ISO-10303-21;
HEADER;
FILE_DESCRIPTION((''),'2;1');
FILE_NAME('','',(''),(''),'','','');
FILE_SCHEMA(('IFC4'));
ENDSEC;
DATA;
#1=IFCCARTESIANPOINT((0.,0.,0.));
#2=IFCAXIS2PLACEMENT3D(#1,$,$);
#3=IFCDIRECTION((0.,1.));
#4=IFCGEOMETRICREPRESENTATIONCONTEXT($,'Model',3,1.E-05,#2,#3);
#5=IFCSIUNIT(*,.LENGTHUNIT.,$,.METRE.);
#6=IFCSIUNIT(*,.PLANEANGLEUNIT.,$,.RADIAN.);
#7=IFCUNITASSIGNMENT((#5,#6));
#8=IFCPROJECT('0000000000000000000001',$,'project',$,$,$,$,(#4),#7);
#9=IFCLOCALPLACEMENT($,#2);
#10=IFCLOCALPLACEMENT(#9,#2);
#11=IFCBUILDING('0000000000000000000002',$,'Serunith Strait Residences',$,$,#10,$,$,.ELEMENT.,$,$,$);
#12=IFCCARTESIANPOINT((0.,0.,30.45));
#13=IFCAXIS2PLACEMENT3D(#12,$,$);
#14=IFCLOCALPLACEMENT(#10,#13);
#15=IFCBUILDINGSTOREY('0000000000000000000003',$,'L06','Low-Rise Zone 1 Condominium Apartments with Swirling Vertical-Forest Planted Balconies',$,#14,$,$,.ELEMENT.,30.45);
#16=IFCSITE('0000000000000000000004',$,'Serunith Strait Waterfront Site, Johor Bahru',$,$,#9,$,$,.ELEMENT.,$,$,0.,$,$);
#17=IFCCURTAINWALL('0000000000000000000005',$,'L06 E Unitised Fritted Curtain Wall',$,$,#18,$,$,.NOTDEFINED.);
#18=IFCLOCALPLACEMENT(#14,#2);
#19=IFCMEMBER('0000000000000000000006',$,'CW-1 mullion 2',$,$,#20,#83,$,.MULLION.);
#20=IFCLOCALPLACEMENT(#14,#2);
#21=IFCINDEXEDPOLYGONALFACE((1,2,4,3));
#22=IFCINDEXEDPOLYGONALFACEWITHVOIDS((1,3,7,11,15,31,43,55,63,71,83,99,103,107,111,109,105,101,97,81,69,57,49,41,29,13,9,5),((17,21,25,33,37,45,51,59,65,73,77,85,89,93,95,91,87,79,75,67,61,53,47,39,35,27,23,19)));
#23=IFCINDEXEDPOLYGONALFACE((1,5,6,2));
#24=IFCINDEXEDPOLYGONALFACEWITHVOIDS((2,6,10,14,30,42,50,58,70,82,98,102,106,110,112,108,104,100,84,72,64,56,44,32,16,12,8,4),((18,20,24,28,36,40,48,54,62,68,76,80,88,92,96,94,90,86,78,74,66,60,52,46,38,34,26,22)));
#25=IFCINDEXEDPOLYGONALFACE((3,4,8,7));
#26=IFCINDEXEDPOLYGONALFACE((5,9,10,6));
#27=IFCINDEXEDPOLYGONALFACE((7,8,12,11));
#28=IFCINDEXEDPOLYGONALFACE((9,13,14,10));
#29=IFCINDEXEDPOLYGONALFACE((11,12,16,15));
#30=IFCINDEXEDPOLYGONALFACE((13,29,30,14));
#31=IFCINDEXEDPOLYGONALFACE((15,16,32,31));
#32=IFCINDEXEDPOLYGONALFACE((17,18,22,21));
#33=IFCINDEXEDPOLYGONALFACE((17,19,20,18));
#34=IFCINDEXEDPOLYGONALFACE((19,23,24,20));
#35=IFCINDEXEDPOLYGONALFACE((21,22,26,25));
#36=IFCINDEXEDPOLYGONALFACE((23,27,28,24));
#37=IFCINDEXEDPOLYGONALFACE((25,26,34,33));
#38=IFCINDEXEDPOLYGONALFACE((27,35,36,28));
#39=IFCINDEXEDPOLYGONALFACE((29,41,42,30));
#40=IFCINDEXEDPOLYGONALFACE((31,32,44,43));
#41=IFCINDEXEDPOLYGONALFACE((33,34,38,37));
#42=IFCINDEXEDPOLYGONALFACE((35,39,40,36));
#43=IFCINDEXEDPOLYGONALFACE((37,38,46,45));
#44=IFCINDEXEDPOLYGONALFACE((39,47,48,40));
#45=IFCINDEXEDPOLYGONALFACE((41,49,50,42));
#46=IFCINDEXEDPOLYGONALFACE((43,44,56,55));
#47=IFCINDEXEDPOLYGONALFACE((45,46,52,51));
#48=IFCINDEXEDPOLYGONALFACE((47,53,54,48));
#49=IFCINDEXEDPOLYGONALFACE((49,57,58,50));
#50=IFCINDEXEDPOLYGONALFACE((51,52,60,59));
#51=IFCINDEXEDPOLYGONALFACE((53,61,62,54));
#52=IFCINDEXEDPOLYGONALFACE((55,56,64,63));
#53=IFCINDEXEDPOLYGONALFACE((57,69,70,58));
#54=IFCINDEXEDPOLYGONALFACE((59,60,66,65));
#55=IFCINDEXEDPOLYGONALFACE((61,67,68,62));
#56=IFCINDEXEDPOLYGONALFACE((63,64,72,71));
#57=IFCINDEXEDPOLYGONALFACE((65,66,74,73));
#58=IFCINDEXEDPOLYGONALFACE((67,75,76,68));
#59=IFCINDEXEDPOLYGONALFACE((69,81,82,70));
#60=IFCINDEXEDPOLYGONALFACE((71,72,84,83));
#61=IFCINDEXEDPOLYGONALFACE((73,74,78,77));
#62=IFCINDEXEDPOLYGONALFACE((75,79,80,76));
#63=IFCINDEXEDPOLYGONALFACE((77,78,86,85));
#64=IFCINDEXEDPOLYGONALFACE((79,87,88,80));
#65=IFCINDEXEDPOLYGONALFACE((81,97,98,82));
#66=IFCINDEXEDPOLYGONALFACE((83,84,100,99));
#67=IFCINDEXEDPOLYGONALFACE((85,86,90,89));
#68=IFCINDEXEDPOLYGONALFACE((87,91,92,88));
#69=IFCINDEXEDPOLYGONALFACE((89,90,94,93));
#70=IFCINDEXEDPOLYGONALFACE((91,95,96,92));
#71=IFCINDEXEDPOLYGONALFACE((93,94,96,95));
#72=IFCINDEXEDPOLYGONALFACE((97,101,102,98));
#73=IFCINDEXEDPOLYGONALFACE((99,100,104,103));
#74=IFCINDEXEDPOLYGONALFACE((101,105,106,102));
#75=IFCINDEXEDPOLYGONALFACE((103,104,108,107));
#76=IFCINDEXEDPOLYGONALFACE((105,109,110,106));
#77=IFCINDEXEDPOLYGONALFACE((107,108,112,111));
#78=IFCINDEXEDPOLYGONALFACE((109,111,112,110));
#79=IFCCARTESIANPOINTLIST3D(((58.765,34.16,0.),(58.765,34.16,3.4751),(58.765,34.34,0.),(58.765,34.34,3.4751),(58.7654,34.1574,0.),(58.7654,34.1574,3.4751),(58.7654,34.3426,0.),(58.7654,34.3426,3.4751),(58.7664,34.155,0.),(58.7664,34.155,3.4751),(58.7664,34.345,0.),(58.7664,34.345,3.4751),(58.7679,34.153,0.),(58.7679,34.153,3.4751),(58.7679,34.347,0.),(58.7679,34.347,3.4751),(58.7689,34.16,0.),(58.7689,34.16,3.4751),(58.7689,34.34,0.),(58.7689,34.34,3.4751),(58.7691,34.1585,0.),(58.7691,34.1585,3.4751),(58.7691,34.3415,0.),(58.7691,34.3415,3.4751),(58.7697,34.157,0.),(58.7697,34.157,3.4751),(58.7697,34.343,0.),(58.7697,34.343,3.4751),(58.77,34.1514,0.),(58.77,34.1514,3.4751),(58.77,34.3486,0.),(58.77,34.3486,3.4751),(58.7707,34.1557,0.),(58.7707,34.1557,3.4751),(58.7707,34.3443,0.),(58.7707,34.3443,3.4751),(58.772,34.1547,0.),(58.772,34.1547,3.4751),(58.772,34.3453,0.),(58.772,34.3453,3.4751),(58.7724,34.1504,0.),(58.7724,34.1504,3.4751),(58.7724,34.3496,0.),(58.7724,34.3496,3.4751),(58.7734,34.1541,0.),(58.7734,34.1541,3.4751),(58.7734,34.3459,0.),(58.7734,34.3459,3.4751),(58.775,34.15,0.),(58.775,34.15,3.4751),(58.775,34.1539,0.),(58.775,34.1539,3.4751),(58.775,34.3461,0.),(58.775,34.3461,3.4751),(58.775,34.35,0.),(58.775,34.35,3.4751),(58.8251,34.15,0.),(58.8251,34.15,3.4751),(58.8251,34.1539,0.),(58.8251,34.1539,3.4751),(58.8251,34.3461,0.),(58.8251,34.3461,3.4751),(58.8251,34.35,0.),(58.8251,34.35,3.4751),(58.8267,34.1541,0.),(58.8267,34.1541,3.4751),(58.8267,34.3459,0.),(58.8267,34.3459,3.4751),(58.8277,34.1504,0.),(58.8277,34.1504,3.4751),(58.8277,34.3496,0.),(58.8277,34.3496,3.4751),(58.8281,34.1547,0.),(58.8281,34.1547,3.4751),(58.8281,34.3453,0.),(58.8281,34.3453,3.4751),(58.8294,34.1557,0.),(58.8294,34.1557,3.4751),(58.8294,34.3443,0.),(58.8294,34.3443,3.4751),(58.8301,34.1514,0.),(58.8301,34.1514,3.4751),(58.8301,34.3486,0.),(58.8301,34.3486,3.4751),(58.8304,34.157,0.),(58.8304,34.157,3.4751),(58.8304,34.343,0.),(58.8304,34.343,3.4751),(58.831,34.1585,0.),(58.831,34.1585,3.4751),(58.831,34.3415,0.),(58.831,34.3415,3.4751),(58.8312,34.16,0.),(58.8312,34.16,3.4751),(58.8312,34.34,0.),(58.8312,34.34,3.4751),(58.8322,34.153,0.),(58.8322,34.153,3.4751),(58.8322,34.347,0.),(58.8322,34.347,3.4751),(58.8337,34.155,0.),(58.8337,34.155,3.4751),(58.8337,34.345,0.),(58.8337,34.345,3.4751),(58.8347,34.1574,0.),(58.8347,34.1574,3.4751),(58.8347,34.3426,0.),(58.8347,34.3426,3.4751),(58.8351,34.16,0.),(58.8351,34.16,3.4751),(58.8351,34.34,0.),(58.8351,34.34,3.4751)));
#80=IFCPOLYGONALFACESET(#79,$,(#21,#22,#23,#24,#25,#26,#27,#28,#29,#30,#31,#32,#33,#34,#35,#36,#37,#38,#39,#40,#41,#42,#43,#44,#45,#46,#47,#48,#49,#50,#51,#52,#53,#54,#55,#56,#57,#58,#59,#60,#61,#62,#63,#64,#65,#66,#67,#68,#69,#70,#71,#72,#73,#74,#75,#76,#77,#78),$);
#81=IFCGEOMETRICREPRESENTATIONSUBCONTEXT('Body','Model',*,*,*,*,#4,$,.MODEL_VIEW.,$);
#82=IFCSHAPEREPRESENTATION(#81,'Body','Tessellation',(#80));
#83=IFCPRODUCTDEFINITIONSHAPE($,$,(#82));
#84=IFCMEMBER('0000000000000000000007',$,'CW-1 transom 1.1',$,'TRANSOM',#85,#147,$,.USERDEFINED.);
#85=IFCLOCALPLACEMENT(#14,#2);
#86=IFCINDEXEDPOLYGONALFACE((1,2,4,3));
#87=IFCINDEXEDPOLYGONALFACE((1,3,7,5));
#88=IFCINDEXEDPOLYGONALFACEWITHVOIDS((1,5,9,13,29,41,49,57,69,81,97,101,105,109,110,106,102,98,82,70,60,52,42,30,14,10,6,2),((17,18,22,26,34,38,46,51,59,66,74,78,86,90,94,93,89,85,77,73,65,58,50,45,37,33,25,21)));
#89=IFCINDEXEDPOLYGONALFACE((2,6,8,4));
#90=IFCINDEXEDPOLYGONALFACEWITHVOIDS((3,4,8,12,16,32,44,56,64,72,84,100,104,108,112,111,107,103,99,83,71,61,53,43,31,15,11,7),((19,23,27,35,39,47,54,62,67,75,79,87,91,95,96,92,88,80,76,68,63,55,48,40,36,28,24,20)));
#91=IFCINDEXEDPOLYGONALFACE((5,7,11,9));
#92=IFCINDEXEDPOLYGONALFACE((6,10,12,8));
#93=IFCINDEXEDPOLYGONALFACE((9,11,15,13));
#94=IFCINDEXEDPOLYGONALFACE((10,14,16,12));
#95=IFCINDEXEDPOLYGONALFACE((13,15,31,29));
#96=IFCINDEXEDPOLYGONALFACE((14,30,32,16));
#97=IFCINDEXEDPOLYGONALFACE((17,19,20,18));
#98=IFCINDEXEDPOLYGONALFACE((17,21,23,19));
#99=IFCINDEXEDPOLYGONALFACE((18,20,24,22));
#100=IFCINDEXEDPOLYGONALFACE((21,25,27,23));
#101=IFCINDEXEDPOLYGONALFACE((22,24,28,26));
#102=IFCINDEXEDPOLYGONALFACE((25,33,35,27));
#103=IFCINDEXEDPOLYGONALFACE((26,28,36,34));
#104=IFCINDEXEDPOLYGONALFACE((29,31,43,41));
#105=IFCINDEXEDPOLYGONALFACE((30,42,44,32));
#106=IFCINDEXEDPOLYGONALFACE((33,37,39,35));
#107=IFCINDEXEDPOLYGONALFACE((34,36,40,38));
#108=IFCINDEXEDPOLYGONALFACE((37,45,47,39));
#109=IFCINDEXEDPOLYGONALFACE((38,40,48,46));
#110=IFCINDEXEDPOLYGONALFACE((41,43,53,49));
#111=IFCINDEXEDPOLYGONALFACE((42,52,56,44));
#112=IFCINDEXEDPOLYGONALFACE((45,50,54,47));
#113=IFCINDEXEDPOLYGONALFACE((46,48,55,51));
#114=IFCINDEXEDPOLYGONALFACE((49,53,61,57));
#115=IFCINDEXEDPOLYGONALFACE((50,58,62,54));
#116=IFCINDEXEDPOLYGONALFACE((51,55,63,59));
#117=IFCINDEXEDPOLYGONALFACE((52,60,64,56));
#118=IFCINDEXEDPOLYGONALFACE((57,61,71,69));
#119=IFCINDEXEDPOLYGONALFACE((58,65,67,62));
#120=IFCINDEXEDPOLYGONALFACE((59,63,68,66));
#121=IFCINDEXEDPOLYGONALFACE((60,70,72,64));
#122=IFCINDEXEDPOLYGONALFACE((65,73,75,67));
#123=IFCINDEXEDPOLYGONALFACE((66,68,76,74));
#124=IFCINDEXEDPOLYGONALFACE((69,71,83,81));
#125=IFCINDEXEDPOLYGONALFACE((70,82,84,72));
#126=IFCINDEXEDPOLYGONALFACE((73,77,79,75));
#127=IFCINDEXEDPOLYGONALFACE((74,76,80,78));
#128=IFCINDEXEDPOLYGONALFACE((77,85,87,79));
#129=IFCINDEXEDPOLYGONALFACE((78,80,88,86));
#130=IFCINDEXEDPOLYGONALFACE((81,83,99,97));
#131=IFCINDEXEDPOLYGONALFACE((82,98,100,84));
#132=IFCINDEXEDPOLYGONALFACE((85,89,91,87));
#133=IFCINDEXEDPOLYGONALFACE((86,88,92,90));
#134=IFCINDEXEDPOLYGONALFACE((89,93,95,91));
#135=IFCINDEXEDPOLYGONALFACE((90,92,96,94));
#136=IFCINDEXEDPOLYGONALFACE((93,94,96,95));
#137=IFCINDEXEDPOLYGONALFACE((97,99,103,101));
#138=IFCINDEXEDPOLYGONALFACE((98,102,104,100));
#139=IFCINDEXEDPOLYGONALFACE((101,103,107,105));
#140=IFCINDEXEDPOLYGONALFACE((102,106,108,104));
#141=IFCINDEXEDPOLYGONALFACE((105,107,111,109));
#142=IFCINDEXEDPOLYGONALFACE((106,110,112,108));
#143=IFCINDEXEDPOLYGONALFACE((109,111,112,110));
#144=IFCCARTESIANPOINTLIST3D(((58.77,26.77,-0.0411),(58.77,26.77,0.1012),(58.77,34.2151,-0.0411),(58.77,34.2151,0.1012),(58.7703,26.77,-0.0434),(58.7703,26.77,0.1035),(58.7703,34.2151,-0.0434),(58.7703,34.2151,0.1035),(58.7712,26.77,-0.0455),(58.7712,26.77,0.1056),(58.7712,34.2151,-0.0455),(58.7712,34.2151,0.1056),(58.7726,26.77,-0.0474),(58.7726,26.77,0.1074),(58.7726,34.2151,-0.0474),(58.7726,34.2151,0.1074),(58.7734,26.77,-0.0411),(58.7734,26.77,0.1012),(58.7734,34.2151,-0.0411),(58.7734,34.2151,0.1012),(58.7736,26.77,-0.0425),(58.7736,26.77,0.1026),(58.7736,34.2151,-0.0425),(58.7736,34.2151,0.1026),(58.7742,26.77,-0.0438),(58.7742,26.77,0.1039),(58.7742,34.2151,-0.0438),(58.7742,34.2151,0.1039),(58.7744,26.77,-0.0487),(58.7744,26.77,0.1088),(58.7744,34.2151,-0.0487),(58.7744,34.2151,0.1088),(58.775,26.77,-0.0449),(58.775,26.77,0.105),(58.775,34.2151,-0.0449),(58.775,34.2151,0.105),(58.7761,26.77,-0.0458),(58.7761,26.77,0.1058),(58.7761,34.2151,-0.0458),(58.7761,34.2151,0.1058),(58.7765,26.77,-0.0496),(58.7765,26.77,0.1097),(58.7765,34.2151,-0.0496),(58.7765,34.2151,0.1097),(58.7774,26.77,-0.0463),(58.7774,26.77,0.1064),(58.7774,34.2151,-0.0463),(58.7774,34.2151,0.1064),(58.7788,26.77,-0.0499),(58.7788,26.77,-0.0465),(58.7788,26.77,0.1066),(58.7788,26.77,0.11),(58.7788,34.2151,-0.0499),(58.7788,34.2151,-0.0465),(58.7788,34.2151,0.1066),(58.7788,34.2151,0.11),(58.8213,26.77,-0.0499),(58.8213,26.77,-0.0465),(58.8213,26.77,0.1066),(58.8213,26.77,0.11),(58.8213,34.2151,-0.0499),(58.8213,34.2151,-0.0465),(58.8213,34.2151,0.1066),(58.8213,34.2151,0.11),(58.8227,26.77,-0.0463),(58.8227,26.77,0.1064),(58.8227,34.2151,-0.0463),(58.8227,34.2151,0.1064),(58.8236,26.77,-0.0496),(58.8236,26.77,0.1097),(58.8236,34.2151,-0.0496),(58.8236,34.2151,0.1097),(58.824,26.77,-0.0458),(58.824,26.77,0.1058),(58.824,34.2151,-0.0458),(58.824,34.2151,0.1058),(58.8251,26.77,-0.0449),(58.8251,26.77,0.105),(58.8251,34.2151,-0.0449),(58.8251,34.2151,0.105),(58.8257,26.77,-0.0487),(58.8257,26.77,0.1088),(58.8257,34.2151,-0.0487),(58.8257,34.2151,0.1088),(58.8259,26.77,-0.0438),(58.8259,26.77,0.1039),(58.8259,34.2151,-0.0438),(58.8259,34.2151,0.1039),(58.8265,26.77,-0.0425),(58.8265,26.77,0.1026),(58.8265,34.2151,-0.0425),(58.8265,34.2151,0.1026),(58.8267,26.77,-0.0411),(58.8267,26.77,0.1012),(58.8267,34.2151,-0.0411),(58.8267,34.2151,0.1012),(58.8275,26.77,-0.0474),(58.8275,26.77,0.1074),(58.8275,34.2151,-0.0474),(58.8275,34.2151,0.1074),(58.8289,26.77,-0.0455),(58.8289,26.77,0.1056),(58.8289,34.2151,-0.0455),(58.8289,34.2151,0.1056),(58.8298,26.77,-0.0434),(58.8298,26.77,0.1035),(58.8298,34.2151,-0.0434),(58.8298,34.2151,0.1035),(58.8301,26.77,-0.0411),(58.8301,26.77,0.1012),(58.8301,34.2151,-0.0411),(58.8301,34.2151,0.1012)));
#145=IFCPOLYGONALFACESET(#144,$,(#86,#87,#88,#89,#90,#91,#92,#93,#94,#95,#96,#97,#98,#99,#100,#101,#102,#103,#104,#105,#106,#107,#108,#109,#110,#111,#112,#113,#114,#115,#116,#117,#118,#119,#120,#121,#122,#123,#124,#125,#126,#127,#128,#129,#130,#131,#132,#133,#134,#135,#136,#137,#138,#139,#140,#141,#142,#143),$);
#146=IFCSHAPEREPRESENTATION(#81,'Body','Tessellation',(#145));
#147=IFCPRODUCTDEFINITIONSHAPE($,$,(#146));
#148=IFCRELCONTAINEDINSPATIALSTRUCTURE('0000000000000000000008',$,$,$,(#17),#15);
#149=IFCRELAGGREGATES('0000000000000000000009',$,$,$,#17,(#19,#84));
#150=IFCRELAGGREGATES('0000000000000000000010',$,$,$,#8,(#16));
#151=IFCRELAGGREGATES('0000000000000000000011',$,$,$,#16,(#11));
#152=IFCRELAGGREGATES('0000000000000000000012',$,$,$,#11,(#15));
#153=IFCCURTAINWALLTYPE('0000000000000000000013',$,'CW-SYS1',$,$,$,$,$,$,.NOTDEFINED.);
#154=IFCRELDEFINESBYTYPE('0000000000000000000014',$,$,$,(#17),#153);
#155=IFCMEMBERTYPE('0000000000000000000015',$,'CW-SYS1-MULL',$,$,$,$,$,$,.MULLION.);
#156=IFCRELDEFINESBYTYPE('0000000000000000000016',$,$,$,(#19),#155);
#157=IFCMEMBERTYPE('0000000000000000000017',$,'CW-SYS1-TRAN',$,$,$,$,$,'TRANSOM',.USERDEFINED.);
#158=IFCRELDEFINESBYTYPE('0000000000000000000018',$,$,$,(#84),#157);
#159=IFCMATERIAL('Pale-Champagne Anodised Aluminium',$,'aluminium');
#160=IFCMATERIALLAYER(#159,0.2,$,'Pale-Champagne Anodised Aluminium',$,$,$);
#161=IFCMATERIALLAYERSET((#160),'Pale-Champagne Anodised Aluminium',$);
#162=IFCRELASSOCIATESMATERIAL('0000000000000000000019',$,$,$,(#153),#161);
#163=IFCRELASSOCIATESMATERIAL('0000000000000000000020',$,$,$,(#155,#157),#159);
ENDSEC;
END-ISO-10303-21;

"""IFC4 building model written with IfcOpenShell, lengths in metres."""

from ifc_helpers import new_model, si_unit, direction, frame, origin, origin_2d, place, context, subcontext, project, spatial, hollow_rectangle, extrude, source, transform, mapped, material, layer, layer_set, material_profile, profile_set, type_object, element, aggregate, save


model = new_model("IFC4")

# Units and contexts
model_context = context("Model", 3, precision=1e-05, world=origin(), true_north=direction((0.0, 1.0)))
body_context = subcontext(model_context, "Body", "Model", "MODEL_VIEW")
ifc_project = project(units=[si_unit("LENGTHUNIT", "METRE"), si_unit("PLANEANGLEUNIT", "RADIAN")], contexts=[model_context])

# Site, building, storey
site_placement = place(None, origin())
site = spatial("IfcSite", under=ifc_project, at=site_placement, Name="Serunith Strait Waterfront Site, Johor Bahru", CompositionType="ELEMENT", RefElevation=0.0)
building_placement = place(site_placement, origin())
building = spatial("IfcBuilding", under=site, at=building_placement, Name="Serunith Strait Residences", CompositionType="ELEMENT")
storey_placement = place(building_placement, frame((0.0, 0.0, 30.45)))
storey = spatial("IfcBuildingStorey", under=building, at=storey_placement, Name="L06", Description="Low-Rise Zone 1 Condominium Apartments with Swirling Vertical-Forest Planted Balconies", CompositionType="ELEMENT", Elevation=30.45)

# Curtain wall, members
ifc_material_1 = material(Name="Pale-Champagne Anodised Aluminium", Category="aluminium")
ifc_layer_1 = layer(ifc_material_1, 0.2, Name="Pale-Champagne Anodised Aluminium")
ifc_layer_set_1 = layer_set([ifc_layer_1], Name="Pale-Champagne Anodised Aluminium")
curtain_wall_type = type_object("IfcCurtainWallType", Name="CW-SYS1", PredefinedType="NOTDEFINED", material=ifc_layer_set_1)
curtain_wall_placement = place(storey_placement, origin())
curtain_wall = element("IfcCurtainWall", 1, at=curtain_wall_placement, inside=storey, type_object=curtain_wall_type, Name="L06 E Unitised Fritted Curtain Wall", PredefinedType="NOTDEFINED")
ifc_material_profile_1 = material_profile(ifc_material_1, hollow_rectangle(XDim=0.0701, YDim=0.2, WallThickness=0.0039, InnerFilletRadius=0.0061, OuterFilletRadius=0.01, at=origin_2d()), Name="ALU 200x70x4")
ifc_profile_set_1 = profile_set([ifc_material_profile_1], Name="Pale-Champagne Anodised Aluminium")
member_type_1 = type_object("IfcMemberType", Name="CW-SYS1-MULL", PredefinedType="MULLION", material=ifc_profile_set_1)
shared_shape_1 = source(origin(), body_context, "Body", "SweptSolid", [
    extrude(hollow_rectangle(XDim=0.0701, YDim=0.2, WallThickness=0.0039, InnerFilletRadius=0.0061, OuterFilletRadius=0.01, at=origin_2d()), origin(), (0.0, 0.0, 1.0), 3.4751),
])
member_1_placement = place(storey_placement, frame((58.8, 34.25, 0.0), z_axis=(0.0, 0.0, 1.0), x_axis=(-1.0, 0.0, 0.0)))
member_1 = element("IfcMember", 2, at=member_1_placement, type_object=member_type_1, Name="CW-1 mullion 2", PredefinedType="MULLION", context=body_context, shape_type="MappedRepresentation", body=[
    mapped(shared_shape_1, transform((0.0, 0.0, 0.0), scale=1.0)),
])
ifc_material_profile_2 = material_profile(ifc_material_1, hollow_rectangle(XDim=0.0601, YDim=0.1599, WallThickness=0.0034, InnerFilletRadius=0.0054, OuterFilletRadius=0.0088, at=origin_2d()), Name="ALU 160x60x3.5")
ifc_profile_set_2 = profile_set([ifc_material_profile_2], Name="Pale-Champagne Anodised Aluminium")
member_type_2 = type_object("IfcMemberType", Name="CW-SYS1-TRAN", ElementType="TRANSOM", PredefinedType="USERDEFINED", material=ifc_profile_set_2)
shared_shape_2 = source(origin(), body_context, "Body", "SweptSolid", [
    extrude(hollow_rectangle(XDim=0.0601, YDim=0.1599, WallThickness=0.0034, InnerFilletRadius=0.0054, OuterFilletRadius=0.0088, at=origin_2d()), origin(), (0.0, 0.0, 1.0), 7.4451),
])
member_2_placement = place(storey_placement, frame((58.8, 26.77, 0.03), z_axis=(0.0, 1.0, 0.0), x_axis=(-1.0, 0.0, 0.0)))
member_2 = element("IfcMember", 3, at=member_2_placement, type_object=member_type_2, Name="CW-1 transom 1.1", ObjectType="TRANSOM", PredefinedType="USERDEFINED", context=body_context, shape_type="MappedRepresentation", body=[
    mapped(shared_shape_2, transform((0.0, 0.0, 0.0), scale=1.0)),
])
aggregate(curtain_wall, [member_1, member_2])

save(model, "model.ifc")
